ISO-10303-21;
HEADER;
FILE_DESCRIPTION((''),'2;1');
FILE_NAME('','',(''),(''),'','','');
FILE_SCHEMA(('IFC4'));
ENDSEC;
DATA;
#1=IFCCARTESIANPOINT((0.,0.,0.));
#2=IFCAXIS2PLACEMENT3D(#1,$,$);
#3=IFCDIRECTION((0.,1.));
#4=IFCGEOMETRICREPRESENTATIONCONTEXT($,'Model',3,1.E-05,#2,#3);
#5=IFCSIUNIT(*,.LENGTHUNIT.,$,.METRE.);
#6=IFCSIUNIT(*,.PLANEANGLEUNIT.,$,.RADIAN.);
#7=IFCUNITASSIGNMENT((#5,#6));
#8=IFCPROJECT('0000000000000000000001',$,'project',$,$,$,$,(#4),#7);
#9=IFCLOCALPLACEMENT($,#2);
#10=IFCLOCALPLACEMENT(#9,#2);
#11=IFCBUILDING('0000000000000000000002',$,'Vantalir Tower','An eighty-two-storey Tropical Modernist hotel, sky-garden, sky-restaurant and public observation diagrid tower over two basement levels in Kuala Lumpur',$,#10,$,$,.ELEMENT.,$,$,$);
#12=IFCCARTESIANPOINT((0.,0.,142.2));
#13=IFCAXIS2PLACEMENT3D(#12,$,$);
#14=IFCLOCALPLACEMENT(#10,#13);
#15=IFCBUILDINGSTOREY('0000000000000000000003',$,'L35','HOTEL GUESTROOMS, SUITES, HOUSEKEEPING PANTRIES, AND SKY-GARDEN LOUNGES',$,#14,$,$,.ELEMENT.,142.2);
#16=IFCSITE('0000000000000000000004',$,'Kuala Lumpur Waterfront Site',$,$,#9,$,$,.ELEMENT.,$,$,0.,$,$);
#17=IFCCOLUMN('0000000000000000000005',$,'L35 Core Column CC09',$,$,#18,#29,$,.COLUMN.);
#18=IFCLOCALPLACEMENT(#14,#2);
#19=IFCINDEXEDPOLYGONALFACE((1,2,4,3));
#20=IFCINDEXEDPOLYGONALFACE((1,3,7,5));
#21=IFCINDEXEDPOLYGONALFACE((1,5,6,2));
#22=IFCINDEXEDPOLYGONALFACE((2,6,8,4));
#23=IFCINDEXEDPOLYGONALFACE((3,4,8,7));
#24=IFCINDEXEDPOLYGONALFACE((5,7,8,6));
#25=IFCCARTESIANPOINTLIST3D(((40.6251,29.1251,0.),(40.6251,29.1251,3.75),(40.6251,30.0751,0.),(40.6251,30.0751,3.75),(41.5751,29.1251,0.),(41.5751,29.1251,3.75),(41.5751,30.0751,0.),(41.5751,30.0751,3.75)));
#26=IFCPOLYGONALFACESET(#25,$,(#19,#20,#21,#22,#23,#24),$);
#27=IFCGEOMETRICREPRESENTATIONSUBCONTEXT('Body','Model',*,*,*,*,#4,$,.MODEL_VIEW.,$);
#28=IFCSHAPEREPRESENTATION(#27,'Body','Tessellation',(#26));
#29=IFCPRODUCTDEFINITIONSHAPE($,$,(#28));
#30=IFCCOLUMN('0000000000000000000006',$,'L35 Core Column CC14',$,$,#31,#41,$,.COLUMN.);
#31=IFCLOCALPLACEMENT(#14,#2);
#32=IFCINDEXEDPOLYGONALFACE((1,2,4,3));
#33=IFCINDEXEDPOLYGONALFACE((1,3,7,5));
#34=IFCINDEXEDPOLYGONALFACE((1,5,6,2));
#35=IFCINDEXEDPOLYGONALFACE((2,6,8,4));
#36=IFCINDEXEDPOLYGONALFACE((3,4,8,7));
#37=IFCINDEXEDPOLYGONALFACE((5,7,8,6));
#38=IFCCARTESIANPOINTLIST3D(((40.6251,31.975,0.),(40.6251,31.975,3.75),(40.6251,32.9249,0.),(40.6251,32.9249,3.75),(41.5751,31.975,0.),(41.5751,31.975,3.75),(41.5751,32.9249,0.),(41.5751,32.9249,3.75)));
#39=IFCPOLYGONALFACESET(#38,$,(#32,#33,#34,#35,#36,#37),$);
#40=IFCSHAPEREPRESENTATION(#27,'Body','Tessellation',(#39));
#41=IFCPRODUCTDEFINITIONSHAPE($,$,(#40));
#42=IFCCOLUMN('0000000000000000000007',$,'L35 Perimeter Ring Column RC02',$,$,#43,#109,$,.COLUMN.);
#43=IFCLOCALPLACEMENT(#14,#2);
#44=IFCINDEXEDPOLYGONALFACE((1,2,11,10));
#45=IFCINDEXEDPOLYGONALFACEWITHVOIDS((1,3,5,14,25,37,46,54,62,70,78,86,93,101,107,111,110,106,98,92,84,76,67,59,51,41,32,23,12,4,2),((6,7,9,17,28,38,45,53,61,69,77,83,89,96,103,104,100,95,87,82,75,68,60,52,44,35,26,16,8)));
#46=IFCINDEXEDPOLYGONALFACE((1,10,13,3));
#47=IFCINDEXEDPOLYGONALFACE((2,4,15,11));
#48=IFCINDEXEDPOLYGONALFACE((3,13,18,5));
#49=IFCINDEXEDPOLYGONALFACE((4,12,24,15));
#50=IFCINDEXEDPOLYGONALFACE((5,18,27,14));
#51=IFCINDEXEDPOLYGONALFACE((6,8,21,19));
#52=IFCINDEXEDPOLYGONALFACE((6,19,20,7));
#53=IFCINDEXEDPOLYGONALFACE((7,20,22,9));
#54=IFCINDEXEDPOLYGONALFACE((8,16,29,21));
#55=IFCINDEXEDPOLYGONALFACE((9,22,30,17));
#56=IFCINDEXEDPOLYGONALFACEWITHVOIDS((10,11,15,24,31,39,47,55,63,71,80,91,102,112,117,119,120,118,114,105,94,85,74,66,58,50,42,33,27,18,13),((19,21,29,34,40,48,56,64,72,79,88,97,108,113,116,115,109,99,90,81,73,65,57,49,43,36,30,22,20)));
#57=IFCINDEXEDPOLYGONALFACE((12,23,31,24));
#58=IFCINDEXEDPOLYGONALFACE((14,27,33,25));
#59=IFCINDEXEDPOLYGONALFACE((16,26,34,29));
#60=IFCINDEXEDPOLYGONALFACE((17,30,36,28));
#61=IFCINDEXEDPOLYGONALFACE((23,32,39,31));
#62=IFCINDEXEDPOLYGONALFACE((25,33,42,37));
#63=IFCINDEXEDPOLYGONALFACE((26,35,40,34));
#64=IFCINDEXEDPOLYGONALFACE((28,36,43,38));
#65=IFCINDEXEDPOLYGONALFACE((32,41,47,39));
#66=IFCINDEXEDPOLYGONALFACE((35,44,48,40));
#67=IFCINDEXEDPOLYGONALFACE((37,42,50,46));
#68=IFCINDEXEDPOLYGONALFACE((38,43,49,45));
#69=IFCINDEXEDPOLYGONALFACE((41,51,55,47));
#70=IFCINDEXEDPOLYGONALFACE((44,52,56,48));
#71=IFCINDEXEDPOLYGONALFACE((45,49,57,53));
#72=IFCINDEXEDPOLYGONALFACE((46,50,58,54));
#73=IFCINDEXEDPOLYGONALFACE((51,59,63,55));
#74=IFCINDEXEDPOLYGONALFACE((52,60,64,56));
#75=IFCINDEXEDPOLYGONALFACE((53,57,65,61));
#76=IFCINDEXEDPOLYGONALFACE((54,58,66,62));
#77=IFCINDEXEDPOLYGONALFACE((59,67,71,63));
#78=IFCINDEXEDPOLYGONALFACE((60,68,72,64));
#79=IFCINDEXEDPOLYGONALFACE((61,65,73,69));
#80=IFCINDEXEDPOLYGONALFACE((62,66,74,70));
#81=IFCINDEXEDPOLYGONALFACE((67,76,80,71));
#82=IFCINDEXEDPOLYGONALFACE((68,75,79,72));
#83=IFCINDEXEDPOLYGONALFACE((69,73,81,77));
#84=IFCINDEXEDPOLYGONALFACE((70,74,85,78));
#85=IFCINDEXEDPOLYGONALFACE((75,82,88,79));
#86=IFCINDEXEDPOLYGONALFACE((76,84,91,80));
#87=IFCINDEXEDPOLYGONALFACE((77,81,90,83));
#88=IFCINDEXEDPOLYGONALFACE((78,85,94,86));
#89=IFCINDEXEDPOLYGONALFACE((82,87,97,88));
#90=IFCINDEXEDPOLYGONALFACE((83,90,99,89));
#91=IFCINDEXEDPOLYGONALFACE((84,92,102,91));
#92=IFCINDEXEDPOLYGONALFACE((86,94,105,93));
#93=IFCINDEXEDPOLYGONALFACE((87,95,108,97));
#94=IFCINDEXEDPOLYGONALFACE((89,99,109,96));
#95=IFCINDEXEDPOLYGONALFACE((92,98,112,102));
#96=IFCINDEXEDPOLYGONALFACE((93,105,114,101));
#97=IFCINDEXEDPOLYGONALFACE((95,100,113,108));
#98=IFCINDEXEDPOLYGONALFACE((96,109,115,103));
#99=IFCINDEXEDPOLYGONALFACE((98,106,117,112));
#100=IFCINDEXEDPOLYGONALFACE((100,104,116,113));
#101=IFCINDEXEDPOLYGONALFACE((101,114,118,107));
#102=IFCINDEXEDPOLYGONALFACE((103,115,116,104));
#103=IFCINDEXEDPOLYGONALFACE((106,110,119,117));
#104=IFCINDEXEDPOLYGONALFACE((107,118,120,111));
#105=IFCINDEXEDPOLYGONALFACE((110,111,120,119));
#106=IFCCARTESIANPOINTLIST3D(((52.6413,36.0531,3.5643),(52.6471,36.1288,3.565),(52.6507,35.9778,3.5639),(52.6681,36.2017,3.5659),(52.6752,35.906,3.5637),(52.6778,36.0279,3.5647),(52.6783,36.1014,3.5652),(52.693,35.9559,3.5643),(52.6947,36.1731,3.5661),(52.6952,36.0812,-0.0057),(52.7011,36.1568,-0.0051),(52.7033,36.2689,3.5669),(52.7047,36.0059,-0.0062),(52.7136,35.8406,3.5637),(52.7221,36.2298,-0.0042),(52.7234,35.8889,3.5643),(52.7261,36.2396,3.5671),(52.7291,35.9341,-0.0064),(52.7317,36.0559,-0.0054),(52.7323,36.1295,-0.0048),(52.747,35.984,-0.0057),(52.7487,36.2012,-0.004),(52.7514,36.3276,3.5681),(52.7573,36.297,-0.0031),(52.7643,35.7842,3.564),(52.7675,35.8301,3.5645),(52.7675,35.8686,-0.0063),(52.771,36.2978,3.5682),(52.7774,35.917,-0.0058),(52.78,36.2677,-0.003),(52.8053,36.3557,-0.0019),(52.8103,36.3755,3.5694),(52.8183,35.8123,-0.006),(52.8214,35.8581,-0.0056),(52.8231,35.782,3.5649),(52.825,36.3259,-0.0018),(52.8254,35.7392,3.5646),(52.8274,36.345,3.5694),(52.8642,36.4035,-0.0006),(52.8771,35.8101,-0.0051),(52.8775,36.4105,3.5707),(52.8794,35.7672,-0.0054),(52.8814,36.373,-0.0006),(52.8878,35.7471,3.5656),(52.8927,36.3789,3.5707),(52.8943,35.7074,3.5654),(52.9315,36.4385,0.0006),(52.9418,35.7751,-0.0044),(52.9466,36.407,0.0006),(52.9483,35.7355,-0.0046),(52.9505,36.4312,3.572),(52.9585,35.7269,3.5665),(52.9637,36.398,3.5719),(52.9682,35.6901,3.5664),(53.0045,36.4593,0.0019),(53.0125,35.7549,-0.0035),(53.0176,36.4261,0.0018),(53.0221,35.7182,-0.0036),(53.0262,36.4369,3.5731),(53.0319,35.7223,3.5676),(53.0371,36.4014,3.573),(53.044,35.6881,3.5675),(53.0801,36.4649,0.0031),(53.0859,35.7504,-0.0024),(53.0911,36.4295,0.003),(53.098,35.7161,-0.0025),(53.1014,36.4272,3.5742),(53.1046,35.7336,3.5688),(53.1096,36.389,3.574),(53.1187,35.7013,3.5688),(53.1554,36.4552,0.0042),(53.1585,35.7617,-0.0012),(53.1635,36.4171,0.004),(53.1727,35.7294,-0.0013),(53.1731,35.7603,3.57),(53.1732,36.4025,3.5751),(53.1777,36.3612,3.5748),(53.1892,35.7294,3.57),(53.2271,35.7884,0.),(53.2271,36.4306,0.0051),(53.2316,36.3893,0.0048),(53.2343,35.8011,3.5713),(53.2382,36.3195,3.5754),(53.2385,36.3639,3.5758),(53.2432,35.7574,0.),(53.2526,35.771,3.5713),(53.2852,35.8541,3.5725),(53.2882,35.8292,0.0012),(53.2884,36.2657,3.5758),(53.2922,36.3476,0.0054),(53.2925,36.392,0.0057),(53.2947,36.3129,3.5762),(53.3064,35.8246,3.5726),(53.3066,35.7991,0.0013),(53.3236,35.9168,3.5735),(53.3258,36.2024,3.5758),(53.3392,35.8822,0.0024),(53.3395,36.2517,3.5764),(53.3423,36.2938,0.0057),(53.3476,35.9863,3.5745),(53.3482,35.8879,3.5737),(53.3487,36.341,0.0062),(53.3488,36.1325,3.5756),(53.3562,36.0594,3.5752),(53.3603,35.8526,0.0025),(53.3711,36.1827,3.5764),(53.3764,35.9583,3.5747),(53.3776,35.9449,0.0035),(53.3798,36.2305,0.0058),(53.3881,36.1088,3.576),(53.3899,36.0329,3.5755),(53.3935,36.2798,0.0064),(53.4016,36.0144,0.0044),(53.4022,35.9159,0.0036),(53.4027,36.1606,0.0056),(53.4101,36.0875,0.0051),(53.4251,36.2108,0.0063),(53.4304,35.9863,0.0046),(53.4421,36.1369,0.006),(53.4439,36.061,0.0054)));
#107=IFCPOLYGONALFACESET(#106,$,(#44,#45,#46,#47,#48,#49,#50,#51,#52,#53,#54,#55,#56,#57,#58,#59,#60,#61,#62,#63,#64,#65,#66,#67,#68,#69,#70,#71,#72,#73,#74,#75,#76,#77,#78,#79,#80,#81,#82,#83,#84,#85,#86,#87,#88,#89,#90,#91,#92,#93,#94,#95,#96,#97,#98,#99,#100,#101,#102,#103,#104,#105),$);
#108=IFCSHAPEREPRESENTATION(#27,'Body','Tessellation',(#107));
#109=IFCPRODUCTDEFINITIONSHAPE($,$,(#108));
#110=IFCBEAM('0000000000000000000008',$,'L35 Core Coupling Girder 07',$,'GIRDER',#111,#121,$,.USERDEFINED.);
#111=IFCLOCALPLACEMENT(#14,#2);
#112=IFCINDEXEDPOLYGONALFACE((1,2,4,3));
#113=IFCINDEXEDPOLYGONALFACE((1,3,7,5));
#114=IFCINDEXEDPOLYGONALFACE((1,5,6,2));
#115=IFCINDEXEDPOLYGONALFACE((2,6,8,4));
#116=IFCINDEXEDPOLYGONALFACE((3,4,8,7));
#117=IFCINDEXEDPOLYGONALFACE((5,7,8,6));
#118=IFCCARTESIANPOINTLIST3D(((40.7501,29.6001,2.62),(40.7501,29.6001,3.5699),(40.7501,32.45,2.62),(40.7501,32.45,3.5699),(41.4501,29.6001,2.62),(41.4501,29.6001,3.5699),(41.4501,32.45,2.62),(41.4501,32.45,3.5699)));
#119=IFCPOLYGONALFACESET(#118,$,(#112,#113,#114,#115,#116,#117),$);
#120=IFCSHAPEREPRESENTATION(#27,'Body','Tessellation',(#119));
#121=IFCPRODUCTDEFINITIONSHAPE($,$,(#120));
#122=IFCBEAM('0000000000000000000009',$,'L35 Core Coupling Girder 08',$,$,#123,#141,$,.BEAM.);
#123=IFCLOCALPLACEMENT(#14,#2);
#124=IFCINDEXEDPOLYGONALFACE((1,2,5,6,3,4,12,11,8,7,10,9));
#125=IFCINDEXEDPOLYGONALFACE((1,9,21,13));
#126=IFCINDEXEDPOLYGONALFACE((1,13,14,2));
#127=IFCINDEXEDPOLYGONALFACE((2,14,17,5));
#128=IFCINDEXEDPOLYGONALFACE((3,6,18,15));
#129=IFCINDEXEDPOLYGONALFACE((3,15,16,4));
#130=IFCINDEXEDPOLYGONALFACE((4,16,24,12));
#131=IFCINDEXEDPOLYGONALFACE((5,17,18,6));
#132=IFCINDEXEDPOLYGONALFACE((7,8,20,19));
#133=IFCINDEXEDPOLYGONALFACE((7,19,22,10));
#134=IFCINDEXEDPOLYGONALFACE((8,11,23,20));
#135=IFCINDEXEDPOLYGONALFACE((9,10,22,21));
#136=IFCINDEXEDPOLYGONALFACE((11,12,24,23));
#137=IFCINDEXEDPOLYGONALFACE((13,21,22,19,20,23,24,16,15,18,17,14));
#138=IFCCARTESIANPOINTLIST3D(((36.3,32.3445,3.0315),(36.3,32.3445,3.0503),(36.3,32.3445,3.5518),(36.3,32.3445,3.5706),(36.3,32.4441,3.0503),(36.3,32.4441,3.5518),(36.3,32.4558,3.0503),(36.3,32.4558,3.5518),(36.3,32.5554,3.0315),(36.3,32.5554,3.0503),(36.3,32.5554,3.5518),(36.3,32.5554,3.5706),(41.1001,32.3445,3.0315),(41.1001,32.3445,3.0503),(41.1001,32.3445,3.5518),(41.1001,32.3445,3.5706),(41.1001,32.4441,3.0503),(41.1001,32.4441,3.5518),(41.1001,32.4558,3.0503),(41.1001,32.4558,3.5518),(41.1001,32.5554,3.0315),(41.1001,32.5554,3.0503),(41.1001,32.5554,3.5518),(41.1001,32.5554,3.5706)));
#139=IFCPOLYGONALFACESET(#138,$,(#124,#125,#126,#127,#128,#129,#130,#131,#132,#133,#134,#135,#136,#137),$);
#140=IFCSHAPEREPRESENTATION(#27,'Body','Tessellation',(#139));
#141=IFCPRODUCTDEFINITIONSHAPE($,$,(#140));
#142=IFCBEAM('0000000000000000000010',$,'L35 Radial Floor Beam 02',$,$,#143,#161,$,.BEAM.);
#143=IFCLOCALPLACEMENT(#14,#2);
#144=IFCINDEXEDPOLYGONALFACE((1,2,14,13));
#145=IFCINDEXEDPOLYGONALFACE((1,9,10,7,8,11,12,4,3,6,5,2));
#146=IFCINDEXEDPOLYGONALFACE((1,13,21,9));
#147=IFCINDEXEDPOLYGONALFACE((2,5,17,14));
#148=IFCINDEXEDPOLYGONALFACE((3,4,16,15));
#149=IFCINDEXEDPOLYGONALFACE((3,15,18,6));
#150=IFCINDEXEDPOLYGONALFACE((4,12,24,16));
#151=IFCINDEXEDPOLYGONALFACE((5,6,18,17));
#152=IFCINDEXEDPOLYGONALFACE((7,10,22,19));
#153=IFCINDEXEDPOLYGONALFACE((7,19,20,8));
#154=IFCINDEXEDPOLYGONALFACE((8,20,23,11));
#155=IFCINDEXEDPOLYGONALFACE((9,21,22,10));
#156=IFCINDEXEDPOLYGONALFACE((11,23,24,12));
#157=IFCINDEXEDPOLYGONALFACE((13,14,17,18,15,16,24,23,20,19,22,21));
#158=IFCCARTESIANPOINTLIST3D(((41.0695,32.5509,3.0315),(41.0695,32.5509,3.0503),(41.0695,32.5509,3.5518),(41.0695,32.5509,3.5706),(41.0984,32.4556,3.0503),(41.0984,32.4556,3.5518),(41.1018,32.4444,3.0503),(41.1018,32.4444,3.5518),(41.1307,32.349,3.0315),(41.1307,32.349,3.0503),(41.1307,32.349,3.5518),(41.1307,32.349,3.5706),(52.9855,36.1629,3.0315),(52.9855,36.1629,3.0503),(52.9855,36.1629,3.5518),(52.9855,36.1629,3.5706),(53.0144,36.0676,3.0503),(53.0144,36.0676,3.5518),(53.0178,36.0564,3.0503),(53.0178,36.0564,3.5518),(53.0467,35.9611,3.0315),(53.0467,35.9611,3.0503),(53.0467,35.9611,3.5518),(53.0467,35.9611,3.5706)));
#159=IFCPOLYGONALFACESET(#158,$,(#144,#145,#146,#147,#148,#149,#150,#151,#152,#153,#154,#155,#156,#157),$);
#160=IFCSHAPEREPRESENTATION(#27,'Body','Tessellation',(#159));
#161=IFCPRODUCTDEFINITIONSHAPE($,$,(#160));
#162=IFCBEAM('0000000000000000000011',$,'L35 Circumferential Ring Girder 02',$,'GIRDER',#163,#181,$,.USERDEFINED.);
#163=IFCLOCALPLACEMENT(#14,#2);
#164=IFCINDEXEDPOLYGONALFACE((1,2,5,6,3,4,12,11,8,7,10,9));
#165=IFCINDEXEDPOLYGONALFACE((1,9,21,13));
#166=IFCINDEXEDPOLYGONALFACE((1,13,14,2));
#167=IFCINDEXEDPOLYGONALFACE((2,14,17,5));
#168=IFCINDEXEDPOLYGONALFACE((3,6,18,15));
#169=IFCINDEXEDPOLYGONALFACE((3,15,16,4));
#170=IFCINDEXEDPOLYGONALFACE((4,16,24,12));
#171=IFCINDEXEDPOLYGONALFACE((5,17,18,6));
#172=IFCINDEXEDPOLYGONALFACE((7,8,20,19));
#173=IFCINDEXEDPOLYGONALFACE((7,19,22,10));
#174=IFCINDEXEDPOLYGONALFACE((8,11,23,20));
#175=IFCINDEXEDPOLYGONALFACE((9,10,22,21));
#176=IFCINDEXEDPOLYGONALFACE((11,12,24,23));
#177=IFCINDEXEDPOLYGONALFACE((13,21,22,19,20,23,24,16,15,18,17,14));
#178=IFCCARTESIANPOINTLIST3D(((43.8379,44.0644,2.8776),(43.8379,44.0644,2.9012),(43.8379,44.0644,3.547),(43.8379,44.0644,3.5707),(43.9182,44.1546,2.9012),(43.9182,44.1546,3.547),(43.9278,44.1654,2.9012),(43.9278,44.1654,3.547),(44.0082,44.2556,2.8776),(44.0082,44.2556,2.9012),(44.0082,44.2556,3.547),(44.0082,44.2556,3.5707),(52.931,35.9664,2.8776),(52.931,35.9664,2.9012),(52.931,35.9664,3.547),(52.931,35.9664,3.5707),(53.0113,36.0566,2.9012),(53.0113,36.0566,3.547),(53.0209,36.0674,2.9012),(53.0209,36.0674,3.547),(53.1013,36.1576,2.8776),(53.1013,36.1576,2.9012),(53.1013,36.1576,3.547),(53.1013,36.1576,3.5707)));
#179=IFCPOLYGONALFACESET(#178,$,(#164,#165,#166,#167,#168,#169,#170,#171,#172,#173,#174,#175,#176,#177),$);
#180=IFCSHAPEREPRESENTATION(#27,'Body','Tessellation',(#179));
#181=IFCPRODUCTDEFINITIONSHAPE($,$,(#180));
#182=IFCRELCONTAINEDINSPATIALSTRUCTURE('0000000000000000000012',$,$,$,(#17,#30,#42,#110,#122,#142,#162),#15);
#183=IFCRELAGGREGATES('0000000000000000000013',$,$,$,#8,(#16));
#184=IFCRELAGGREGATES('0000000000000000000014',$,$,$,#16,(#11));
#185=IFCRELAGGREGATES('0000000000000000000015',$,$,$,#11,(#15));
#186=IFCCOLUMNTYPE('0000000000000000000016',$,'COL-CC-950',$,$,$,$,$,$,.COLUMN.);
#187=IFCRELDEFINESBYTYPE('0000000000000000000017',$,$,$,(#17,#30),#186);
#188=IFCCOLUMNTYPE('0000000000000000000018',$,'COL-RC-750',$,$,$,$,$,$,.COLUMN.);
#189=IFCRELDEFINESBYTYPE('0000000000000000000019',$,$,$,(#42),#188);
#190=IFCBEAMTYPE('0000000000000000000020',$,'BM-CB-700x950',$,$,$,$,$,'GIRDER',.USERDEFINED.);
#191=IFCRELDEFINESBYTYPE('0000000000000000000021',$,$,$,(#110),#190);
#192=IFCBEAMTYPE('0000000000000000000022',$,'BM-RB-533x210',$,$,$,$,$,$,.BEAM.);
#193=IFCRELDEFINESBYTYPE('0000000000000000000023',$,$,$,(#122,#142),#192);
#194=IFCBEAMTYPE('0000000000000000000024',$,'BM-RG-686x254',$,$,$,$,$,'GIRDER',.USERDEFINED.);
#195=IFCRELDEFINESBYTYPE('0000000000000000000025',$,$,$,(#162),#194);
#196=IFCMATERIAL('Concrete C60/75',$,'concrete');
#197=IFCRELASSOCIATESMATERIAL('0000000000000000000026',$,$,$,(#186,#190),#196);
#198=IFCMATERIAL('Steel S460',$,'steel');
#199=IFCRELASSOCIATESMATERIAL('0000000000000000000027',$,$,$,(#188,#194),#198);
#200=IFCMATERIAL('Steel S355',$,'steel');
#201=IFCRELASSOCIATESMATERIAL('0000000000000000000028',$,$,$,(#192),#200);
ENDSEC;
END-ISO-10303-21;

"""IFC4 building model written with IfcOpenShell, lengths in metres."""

from ifc_helpers import new_model, si_unit, direction, frame, origin, origin_2d, place, context, subcontext, project, spatial, rectangle, hollow_circle, i_section, extrude, material, material_profile, profile_set, type_object, element, save


model = new_model("IFC4")

# Units and contexts
model_context = context("Model", 3, precision=1e-05, world=origin(), true_north=direction((0.0, 1.0)))
body_context = subcontext(model_context, "Body", "Model", "MODEL_VIEW")
ifc_project = project(units=[si_unit("LENGTHUNIT", "METRE"), si_unit("PLANEANGLEUNIT", "RADIAN")], contexts=[model_context])

# Site, building, storey
site_placement = place(None, origin())
site = spatial("IfcSite", under=ifc_project, at=site_placement, Name="Kuala Lumpur Waterfront Site", CompositionType="ELEMENT", RefElevation=0.0)
building_placement = place(site_placement, origin())
building = spatial("IfcBuilding", under=site, at=building_placement, Name="Vantalir Tower", Description="An eighty-two-storey Tropical Modernist hotel, sky-garden, sky-restaurant and public observation diagrid tower over two basement levels in Kuala Lumpur", CompositionType="ELEMENT")
storey_placement = place(building_placement, frame((0.0, 0.0, 142.2)))
storey = spatial("IfcBuildingStorey", under=building, at=storey_placement, Name="L35", Description="HOTEL GUESTROOMS, SUITES, HOUSEKEEPING PANTRIES, AND SKY-GARDEN LOUNGES", CompositionType="ELEMENT", Elevation=142.2)

# Columns
ifc_material_1 = material(Name="Concrete C60/75", Category="concrete")
ifc_material_profile_1 = material_profile(ifc_material_1, rectangle(XDim=0.95, YDim=0.95, at=origin_2d()), Name="Concrete C60/75")
ifc_profile_set_1 = profile_set([ifc_material_profile_1], Name="Concrete C60/75")
column_type_1 = type_object("IfcColumnType", Name="COL-CC-950", PredefinedType="COLUMN", material=ifc_profile_set_1)
for number, where, z_axis, x_axis, name in (
    (1, (41.1001, 29.6001, 0.0), (0.0, 0.0, 1.0), (1.0, 0.0, 0.0), "L35 Core Column CC09"),
    (2, (41.1001, 32.45, 0.0), (0.0, 0.0, 1.0), (1.0, 0.0, 0.0), "L35 Core Column CC14"),
):
    element("IfcColumn", number, at=place(storey_placement, frame(where, z_axis=z_axis, x_axis=x_axis)), inside=storey, type_object=column_type_1, Name=name, PredefinedType="COLUMN", context=body_context, shape_type="SweptSolid", body=[
        extrude(rectangle(XDim=0.95, YDim=0.95, at=origin_2d()), origin(), (0.0, 0.0, 1.0), 3.75),
    ])
ifc_material_2 = material(Name="Steel S460", Category="steel")
ifc_material_profile_2 = material_profile(ifc_material_2, hollow_circle(Radius=0.375, WallThickness=0.0349, at=origin_2d()), Name="Steel S460")
ifc_profile_set_2 = profile_set([ifc_material_profile_2], Name="Steel S460")
column_type_2 = type_object("IfcColumnType", Name="COL-RC-750", PredefinedType="COLUMN", material=ifc_profile_set_2)
column_placement = place(storey_placement, frame((53.0701, 36.0901, 0.0), z_axis=(-0.015111, -0.007863, 0.999855), x_axis=(0.461605, -0.887085, 0.0)))
element("IfcColumn", 3, at=column_placement, inside=storey, type_object=column_type_2, Name="L35 Perimeter Ring Column RC02", PredefinedType="COLUMN", context=body_context, shape_type="SweptSolid", body=[
    extrude(hollow_circle(Radius=0.375, WallThickness=0.0349, at=origin_2d()), origin(), (0.0, 0.0, 1.0), 3.5706),
])

# Beams
ifc_material_profile_3 = material_profile(ifc_material_1, rectangle(XDim=0.7, YDim=0.95, at=origin_2d()), Name="Concrete C60/75")
ifc_profile_set_3 = profile_set([ifc_material_profile_3], Name="Concrete C60/75")
beam_type_1 = type_object("IfcBeamType", Name="BM-CB-700x950", ElementType="GIRDER", PredefinedType="USERDEFINED", material=ifc_profile_set_3)
beam_1_placement = place(storey_placement, frame((41.1001, 29.6001, 3.095), z_axis=(0.0, 1.0, 0.0), x_axis=(-1.0, 0.0, 0.0)))
element("IfcBeam", 4, at=beam_1_placement, inside=storey, type_object=beam_type_1, Name="L35 Core Coupling Girder 07", ObjectType="GIRDER", PredefinedType="USERDEFINED", context=body_context, shape_type="SweptSolid", body=[
    extrude(rectangle(XDim=0.7, YDim=0.95, at=origin_2d()), origin(), (0.0, 0.0, 1.0), 2.8499),
])
ifc_material_3 = material(Name="Steel S355", Category="steel")
ifc_material_profile_4 = material_profile(ifc_material_3, i_section(OverallWidth=0.2109, OverallDepth=0.5391, WebThickness=0.0117, FlangeThickness=0.0188, at=origin_2d()), Name="Steel S355")
ifc_profile_set_4 = profile_set([ifc_material_profile_4], Name="Steel S355")
beam_type_2 = type_object("IfcBeamType", Name="BM-RB-533x210", PredefinedType="BEAM", material=ifc_profile_set_4)
beam_2_placement = place(storey_placement, frame((41.1001, 32.45, 3.301), z_axis=(-1.0, 0.0, 0.0), x_axis=(0.0, -1.0, 0.0)))
element("IfcBeam", 5, at=beam_2_placement, inside=storey, type_object=beam_type_2, Name="L35 Core Coupling Girder 08", PredefinedType="BEAM", context=body_context, shape_type="SweptSolid", body=[
    extrude(i_section(OverallWidth=0.2109, OverallDepth=0.5391, WebThickness=0.0117, FlangeThickness=0.0188, at=origin_2d()), origin(), (0.0, 0.0, 1.0), 4.8),
])
beam_3_placement = place(storey_placement, frame((53.0161, 36.062, 3.301), z_axis=(-0.956999, -0.290092, 0.0), x_axis=(0.290092, -0.956999, 0.0)))
element("IfcBeam", 6, at=beam_3_placement, inside=storey, type_object=beam_type_2, Name="L35 Radial Floor Beam 02", PredefinedType="BEAM", context=body_context, shape_type="SweptSolid", body=[
    extrude(i_section(OverallWidth=0.2109, OverallDepth=0.5391, WebThickness=0.0117, FlangeThickness=0.0188, at=origin_2d()), origin(), (0.0, 0.0, 1.0), 12.4514),
])
ifc_material_profile_5 = material_profile(ifc_material_2, i_section(OverallWidth=0.2561, OverallDepth=0.6931, WebThickness=0.0144, FlangeThickness=0.0237, at=origin_2d()), Name="Steel S460")
ifc_profile_set_5 = profile_set([ifc_material_profile_5], Name="Steel S460")
beam_type_3 = type_object("IfcBeamType", Name="BM-RG-686x254", ElementType="GIRDER", PredefinedType="USERDEFINED", material=ifc_profile_set_5)
beam_4_placement = place(storey_placement, frame((53.0161, 36.062, 3.2241), z_axis=(-0.746788, 0.665062, 0.0), x_axis=(-0.665062, -0.746788, 0.0)))
element("IfcBeam", 7, at=beam_4_placement, inside=storey, type_object=beam_type_3, Name="L35 Circumferential Ring Girder 02", ObjectType="GIRDER", PredefinedType="USERDEFINED", context=body_context, shape_type="SweptSolid", body=[
    extrude(i_section(OverallWidth=0.2561, OverallDepth=0.6931, WebThickness=0.0144, FlangeThickness=0.0237, at=origin_2d()), origin(), (0.0, 0.0, 1.0), 12.1763),
])

save(model, "model.ifc")
